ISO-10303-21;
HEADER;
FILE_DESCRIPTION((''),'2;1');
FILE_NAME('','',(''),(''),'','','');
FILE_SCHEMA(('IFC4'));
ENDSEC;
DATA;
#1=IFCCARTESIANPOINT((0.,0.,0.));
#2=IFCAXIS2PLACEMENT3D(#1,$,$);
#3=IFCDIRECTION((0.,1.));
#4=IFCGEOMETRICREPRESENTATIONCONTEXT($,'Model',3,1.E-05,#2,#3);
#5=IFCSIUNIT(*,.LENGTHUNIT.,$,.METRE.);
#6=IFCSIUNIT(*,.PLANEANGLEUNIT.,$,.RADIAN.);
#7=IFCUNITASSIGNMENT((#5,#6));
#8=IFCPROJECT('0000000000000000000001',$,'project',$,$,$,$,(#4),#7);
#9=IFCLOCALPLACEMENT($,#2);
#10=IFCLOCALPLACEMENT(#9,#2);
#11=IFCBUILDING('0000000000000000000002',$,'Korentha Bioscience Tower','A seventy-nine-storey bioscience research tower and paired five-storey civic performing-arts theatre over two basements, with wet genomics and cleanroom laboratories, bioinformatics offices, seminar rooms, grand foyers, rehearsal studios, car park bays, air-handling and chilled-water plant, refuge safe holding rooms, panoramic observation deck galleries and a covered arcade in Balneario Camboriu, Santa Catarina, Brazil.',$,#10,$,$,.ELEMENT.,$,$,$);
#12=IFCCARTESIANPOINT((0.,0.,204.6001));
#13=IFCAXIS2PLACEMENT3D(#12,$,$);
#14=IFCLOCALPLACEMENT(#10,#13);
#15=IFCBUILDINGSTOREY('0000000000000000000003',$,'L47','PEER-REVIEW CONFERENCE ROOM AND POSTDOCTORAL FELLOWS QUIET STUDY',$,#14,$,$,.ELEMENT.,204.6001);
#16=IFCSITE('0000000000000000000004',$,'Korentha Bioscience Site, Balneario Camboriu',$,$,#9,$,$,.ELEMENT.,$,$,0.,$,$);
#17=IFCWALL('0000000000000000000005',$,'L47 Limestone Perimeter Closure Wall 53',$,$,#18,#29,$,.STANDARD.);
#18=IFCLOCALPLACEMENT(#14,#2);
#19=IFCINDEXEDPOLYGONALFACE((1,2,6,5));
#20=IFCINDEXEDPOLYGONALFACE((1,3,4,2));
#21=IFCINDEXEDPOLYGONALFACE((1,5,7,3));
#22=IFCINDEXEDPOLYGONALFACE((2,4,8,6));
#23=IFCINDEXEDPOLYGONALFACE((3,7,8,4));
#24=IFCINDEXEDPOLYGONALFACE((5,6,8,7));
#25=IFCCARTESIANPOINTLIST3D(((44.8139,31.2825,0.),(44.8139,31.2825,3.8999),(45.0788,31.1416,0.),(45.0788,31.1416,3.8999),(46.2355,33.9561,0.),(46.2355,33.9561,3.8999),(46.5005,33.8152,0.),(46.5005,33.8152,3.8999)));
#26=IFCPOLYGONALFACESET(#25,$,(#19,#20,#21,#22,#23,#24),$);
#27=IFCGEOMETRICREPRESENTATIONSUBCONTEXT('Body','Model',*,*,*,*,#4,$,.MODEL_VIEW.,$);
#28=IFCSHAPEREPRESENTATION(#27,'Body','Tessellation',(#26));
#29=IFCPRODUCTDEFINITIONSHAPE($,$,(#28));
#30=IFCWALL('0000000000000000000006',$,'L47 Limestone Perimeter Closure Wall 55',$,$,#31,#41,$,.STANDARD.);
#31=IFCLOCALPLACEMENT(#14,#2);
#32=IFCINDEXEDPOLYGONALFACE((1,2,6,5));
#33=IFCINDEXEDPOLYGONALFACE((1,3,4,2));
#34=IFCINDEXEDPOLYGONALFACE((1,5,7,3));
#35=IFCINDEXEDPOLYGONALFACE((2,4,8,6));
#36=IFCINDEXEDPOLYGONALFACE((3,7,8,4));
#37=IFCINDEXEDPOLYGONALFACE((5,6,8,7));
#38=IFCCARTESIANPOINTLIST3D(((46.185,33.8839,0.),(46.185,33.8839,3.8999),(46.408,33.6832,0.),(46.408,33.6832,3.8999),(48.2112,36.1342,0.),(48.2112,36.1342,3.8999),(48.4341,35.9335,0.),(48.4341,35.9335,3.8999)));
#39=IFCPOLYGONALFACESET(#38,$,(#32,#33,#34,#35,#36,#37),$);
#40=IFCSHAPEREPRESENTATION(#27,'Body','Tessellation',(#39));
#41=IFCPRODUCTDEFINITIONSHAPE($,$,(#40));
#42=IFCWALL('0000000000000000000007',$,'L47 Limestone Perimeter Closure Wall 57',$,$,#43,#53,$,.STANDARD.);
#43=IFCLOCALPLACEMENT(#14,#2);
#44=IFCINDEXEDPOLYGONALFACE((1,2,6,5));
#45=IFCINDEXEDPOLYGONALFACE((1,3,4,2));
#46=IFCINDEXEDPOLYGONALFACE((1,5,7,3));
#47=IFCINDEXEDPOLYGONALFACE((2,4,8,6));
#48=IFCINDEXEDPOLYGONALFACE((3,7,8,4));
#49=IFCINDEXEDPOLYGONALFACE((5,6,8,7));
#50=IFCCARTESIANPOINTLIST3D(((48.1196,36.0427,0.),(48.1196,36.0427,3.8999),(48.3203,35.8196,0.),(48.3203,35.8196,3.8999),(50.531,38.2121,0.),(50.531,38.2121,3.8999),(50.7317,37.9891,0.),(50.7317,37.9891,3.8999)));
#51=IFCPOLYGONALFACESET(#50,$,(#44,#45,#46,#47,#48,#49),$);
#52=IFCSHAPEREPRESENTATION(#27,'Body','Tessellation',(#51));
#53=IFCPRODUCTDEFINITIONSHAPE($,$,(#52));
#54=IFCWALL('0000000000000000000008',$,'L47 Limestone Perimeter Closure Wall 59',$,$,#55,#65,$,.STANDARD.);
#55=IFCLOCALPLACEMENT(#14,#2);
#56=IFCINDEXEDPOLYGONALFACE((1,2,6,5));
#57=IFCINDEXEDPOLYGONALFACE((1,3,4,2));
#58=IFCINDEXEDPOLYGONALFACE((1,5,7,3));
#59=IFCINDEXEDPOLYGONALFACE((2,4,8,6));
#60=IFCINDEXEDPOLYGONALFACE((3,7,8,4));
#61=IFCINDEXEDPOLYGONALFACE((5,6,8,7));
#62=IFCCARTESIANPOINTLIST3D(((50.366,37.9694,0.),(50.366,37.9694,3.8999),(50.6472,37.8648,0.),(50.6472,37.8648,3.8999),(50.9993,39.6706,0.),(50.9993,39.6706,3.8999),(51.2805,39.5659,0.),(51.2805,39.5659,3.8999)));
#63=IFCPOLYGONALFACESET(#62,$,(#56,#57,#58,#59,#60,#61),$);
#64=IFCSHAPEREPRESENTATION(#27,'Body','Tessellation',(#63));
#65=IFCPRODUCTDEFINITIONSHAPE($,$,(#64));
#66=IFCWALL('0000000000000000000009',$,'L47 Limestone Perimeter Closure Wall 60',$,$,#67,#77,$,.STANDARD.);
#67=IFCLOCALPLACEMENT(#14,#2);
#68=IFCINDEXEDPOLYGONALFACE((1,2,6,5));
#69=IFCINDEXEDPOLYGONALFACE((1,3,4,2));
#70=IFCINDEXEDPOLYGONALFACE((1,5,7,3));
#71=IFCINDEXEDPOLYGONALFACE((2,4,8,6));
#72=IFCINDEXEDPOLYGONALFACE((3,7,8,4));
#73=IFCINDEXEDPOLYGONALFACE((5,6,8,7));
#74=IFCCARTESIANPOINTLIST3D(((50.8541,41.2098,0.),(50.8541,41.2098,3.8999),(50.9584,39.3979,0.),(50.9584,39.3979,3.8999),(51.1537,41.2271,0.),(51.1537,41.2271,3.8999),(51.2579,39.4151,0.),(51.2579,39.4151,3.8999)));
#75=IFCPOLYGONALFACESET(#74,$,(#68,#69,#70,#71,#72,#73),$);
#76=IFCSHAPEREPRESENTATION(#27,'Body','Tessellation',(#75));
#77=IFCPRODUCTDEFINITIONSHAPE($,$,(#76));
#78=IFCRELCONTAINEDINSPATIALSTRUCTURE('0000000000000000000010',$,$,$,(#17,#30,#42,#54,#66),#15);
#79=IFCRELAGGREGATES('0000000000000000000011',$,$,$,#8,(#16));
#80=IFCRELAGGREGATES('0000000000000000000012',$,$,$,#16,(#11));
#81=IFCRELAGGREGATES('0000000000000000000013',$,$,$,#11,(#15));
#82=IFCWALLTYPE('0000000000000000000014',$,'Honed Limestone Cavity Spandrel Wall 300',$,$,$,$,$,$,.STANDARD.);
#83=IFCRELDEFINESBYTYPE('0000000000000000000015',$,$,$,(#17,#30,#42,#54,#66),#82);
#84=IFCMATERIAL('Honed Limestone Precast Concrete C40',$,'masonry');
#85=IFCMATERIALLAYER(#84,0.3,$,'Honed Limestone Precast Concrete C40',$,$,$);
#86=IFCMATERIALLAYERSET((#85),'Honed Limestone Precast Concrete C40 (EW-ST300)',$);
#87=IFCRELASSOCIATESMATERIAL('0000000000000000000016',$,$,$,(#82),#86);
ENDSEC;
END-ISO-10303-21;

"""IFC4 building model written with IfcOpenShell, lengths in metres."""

from ifc_helpers import new_model, si_unit, direction, frame, frame_2d, origin, place, context, subcontext, project, spatial, rectangle, extrude, material, layer, layer_set, type_object, element, save


model = new_model("IFC4")

# Units and contexts
model_context = context("Model", 3, precision=1e-05, world=origin(), true_north=direction((0.0, 1.0)))
body_context = subcontext(model_context, "Body", "Model", "MODEL_VIEW")
ifc_project = project(units=[si_unit("LENGTHUNIT", "METRE"), si_unit("PLANEANGLEUNIT", "RADIAN")], contexts=[model_context])

# Site, building, storey
site_placement = place(None, origin())
site = spatial("IfcSite", under=ifc_project, at=site_placement, Name="Korentha Bioscience Site, Balneario Camboriu", CompositionType="ELEMENT", RefElevation=0.0)
building_placement = place(site_placement, origin())
building = spatial("IfcBuilding", under=site, at=building_placement, Name="Korentha Bioscience Tower", Description="A seventy-nine-storey bioscience research tower and paired five-storey civic performing-arts theatre over two basements, with wet genomics and cleanroom laboratories, bioinformatics offices, seminar rooms, grand foyers, rehearsal studios, car park bays, air-handling and chilled-water plant, refuge safe holding rooms, panoramic observation deck galleries and a covered arcade in Balneario Camboriu, Santa Catarina, Brazil.", CompositionType="ELEMENT")
storey_placement = place(building_placement, frame((0.0, 0.0, 204.6001)))
storey = spatial("IfcBuildingStorey", under=building, at=storey_placement, Name="L47", Description="PEER-REVIEW CONFERENCE ROOM AND POSTDOCTORAL FELLOWS QUIET STUDY", CompositionType="ELEMENT", Elevation=204.6001)

# Walls
ifc_material_1 = material(Name="Honed Limestone Precast Concrete C40", Category="masonry")
ifc_layer_1 = layer(ifc_material_1, 0.3, Name="Honed Limestone Precast Concrete C40")
ifc_layer_set_1 = layer_set([ifc_layer_1], Name="Honed Limestone Precast Concrete C40 (EW-ST300)")
wall_type_1 = type_object("IfcWallType", Name="Honed Limestone Cavity Spandrel Wall 300", PredefinedType="STANDARD", material=ifc_layer_set_1)
for number, where, z_axis, x_axis, name in (
    (1, (44.9463, 31.2119, 0.0), (0.0, 0.0, 1.0), (0.469487, 0.882939, 0.0), "L47 Limestone Perimeter Closure Wall 53"),
    (2, (46.2964, 33.7834, 0.0), (0.0, 0.0, 1.0), (0.66913, 0.743146, 0.0), "L47 Limestone Perimeter Closure Wall 55"),
):
    element("IfcWall", number, at=place(storey_placement, frame(where, z_axis=z_axis, x_axis=x_axis)), inside=storey, type_object=wall_type_1, Name=name, PredefinedType="STANDARD", context=body_context, shape_type="SweptSolid", body=[
        extrude(rectangle(XDim=3.0281, YDim=0.3, at=frame_2d((1.5142, 0.0))), origin(), (0.0, 0.0, 1.0), 3.8999),
    ])
wall_1_placement = place(storey_placement, frame((48.22, 35.9312, 0.0), z_axis=(0.0, 0.0, 1.0), x_axis=(0.743418, 0.668827, 0.0)))
element("IfcWall", 3, at=wall_1_placement, inside=storey, type_object=wall_type_1, Name="L47 Limestone Perimeter Closure Wall 57", PredefinedType="STANDARD", context=body_context, shape_type="SweptSolid", body=[
    extrude(rectangle(XDim=3.2437, YDim=0.3, at=frame_2d((1.6218, 0.0))), origin(), (0.0, 0.0, 1.0), 3.8999),
])
wall_2_placement = place(storey_placement, frame((50.5066, 37.917, 0.0), z_axis=(0.0, 0.0, 1.0), x_axis=(0.348882, 0.937167, 0.0)))
element("IfcWall", 4, at=wall_2_placement, inside=storey, type_object=wall_type_1, Name="L47 Limestone Perimeter Closure Wall 59", PredefinedType="STANDARD", context=body_context, shape_type="SweptSolid", body=[
    extrude(rectangle(XDim=1.8152, YDim=0.3, at=frame_2d((0.9077, 0.0))), origin(), (0.0, 0.0, 1.0), 3.8999),
])
wall_3_placement = place(storey_placement, frame((51.1082, 39.4065, 0.0), z_axis=(0.0, 0.0, 1.0), x_axis=(-0.057437, 0.998349, 0.0)))
element("IfcWall", 5, at=wall_3_placement, inside=storey, type_object=wall_type_1, Name="L47 Limestone Perimeter Closure Wall 60", PredefinedType="STANDARD", context=body_context, shape_type="SweptSolid", body=[
    extrude(rectangle(XDim=1.8149, YDim=0.3, at=frame_2d((0.9075, 0.0))), origin(), (0.0, 0.0, 1.0), 3.8999),
])

save(model, "model.ifc")
